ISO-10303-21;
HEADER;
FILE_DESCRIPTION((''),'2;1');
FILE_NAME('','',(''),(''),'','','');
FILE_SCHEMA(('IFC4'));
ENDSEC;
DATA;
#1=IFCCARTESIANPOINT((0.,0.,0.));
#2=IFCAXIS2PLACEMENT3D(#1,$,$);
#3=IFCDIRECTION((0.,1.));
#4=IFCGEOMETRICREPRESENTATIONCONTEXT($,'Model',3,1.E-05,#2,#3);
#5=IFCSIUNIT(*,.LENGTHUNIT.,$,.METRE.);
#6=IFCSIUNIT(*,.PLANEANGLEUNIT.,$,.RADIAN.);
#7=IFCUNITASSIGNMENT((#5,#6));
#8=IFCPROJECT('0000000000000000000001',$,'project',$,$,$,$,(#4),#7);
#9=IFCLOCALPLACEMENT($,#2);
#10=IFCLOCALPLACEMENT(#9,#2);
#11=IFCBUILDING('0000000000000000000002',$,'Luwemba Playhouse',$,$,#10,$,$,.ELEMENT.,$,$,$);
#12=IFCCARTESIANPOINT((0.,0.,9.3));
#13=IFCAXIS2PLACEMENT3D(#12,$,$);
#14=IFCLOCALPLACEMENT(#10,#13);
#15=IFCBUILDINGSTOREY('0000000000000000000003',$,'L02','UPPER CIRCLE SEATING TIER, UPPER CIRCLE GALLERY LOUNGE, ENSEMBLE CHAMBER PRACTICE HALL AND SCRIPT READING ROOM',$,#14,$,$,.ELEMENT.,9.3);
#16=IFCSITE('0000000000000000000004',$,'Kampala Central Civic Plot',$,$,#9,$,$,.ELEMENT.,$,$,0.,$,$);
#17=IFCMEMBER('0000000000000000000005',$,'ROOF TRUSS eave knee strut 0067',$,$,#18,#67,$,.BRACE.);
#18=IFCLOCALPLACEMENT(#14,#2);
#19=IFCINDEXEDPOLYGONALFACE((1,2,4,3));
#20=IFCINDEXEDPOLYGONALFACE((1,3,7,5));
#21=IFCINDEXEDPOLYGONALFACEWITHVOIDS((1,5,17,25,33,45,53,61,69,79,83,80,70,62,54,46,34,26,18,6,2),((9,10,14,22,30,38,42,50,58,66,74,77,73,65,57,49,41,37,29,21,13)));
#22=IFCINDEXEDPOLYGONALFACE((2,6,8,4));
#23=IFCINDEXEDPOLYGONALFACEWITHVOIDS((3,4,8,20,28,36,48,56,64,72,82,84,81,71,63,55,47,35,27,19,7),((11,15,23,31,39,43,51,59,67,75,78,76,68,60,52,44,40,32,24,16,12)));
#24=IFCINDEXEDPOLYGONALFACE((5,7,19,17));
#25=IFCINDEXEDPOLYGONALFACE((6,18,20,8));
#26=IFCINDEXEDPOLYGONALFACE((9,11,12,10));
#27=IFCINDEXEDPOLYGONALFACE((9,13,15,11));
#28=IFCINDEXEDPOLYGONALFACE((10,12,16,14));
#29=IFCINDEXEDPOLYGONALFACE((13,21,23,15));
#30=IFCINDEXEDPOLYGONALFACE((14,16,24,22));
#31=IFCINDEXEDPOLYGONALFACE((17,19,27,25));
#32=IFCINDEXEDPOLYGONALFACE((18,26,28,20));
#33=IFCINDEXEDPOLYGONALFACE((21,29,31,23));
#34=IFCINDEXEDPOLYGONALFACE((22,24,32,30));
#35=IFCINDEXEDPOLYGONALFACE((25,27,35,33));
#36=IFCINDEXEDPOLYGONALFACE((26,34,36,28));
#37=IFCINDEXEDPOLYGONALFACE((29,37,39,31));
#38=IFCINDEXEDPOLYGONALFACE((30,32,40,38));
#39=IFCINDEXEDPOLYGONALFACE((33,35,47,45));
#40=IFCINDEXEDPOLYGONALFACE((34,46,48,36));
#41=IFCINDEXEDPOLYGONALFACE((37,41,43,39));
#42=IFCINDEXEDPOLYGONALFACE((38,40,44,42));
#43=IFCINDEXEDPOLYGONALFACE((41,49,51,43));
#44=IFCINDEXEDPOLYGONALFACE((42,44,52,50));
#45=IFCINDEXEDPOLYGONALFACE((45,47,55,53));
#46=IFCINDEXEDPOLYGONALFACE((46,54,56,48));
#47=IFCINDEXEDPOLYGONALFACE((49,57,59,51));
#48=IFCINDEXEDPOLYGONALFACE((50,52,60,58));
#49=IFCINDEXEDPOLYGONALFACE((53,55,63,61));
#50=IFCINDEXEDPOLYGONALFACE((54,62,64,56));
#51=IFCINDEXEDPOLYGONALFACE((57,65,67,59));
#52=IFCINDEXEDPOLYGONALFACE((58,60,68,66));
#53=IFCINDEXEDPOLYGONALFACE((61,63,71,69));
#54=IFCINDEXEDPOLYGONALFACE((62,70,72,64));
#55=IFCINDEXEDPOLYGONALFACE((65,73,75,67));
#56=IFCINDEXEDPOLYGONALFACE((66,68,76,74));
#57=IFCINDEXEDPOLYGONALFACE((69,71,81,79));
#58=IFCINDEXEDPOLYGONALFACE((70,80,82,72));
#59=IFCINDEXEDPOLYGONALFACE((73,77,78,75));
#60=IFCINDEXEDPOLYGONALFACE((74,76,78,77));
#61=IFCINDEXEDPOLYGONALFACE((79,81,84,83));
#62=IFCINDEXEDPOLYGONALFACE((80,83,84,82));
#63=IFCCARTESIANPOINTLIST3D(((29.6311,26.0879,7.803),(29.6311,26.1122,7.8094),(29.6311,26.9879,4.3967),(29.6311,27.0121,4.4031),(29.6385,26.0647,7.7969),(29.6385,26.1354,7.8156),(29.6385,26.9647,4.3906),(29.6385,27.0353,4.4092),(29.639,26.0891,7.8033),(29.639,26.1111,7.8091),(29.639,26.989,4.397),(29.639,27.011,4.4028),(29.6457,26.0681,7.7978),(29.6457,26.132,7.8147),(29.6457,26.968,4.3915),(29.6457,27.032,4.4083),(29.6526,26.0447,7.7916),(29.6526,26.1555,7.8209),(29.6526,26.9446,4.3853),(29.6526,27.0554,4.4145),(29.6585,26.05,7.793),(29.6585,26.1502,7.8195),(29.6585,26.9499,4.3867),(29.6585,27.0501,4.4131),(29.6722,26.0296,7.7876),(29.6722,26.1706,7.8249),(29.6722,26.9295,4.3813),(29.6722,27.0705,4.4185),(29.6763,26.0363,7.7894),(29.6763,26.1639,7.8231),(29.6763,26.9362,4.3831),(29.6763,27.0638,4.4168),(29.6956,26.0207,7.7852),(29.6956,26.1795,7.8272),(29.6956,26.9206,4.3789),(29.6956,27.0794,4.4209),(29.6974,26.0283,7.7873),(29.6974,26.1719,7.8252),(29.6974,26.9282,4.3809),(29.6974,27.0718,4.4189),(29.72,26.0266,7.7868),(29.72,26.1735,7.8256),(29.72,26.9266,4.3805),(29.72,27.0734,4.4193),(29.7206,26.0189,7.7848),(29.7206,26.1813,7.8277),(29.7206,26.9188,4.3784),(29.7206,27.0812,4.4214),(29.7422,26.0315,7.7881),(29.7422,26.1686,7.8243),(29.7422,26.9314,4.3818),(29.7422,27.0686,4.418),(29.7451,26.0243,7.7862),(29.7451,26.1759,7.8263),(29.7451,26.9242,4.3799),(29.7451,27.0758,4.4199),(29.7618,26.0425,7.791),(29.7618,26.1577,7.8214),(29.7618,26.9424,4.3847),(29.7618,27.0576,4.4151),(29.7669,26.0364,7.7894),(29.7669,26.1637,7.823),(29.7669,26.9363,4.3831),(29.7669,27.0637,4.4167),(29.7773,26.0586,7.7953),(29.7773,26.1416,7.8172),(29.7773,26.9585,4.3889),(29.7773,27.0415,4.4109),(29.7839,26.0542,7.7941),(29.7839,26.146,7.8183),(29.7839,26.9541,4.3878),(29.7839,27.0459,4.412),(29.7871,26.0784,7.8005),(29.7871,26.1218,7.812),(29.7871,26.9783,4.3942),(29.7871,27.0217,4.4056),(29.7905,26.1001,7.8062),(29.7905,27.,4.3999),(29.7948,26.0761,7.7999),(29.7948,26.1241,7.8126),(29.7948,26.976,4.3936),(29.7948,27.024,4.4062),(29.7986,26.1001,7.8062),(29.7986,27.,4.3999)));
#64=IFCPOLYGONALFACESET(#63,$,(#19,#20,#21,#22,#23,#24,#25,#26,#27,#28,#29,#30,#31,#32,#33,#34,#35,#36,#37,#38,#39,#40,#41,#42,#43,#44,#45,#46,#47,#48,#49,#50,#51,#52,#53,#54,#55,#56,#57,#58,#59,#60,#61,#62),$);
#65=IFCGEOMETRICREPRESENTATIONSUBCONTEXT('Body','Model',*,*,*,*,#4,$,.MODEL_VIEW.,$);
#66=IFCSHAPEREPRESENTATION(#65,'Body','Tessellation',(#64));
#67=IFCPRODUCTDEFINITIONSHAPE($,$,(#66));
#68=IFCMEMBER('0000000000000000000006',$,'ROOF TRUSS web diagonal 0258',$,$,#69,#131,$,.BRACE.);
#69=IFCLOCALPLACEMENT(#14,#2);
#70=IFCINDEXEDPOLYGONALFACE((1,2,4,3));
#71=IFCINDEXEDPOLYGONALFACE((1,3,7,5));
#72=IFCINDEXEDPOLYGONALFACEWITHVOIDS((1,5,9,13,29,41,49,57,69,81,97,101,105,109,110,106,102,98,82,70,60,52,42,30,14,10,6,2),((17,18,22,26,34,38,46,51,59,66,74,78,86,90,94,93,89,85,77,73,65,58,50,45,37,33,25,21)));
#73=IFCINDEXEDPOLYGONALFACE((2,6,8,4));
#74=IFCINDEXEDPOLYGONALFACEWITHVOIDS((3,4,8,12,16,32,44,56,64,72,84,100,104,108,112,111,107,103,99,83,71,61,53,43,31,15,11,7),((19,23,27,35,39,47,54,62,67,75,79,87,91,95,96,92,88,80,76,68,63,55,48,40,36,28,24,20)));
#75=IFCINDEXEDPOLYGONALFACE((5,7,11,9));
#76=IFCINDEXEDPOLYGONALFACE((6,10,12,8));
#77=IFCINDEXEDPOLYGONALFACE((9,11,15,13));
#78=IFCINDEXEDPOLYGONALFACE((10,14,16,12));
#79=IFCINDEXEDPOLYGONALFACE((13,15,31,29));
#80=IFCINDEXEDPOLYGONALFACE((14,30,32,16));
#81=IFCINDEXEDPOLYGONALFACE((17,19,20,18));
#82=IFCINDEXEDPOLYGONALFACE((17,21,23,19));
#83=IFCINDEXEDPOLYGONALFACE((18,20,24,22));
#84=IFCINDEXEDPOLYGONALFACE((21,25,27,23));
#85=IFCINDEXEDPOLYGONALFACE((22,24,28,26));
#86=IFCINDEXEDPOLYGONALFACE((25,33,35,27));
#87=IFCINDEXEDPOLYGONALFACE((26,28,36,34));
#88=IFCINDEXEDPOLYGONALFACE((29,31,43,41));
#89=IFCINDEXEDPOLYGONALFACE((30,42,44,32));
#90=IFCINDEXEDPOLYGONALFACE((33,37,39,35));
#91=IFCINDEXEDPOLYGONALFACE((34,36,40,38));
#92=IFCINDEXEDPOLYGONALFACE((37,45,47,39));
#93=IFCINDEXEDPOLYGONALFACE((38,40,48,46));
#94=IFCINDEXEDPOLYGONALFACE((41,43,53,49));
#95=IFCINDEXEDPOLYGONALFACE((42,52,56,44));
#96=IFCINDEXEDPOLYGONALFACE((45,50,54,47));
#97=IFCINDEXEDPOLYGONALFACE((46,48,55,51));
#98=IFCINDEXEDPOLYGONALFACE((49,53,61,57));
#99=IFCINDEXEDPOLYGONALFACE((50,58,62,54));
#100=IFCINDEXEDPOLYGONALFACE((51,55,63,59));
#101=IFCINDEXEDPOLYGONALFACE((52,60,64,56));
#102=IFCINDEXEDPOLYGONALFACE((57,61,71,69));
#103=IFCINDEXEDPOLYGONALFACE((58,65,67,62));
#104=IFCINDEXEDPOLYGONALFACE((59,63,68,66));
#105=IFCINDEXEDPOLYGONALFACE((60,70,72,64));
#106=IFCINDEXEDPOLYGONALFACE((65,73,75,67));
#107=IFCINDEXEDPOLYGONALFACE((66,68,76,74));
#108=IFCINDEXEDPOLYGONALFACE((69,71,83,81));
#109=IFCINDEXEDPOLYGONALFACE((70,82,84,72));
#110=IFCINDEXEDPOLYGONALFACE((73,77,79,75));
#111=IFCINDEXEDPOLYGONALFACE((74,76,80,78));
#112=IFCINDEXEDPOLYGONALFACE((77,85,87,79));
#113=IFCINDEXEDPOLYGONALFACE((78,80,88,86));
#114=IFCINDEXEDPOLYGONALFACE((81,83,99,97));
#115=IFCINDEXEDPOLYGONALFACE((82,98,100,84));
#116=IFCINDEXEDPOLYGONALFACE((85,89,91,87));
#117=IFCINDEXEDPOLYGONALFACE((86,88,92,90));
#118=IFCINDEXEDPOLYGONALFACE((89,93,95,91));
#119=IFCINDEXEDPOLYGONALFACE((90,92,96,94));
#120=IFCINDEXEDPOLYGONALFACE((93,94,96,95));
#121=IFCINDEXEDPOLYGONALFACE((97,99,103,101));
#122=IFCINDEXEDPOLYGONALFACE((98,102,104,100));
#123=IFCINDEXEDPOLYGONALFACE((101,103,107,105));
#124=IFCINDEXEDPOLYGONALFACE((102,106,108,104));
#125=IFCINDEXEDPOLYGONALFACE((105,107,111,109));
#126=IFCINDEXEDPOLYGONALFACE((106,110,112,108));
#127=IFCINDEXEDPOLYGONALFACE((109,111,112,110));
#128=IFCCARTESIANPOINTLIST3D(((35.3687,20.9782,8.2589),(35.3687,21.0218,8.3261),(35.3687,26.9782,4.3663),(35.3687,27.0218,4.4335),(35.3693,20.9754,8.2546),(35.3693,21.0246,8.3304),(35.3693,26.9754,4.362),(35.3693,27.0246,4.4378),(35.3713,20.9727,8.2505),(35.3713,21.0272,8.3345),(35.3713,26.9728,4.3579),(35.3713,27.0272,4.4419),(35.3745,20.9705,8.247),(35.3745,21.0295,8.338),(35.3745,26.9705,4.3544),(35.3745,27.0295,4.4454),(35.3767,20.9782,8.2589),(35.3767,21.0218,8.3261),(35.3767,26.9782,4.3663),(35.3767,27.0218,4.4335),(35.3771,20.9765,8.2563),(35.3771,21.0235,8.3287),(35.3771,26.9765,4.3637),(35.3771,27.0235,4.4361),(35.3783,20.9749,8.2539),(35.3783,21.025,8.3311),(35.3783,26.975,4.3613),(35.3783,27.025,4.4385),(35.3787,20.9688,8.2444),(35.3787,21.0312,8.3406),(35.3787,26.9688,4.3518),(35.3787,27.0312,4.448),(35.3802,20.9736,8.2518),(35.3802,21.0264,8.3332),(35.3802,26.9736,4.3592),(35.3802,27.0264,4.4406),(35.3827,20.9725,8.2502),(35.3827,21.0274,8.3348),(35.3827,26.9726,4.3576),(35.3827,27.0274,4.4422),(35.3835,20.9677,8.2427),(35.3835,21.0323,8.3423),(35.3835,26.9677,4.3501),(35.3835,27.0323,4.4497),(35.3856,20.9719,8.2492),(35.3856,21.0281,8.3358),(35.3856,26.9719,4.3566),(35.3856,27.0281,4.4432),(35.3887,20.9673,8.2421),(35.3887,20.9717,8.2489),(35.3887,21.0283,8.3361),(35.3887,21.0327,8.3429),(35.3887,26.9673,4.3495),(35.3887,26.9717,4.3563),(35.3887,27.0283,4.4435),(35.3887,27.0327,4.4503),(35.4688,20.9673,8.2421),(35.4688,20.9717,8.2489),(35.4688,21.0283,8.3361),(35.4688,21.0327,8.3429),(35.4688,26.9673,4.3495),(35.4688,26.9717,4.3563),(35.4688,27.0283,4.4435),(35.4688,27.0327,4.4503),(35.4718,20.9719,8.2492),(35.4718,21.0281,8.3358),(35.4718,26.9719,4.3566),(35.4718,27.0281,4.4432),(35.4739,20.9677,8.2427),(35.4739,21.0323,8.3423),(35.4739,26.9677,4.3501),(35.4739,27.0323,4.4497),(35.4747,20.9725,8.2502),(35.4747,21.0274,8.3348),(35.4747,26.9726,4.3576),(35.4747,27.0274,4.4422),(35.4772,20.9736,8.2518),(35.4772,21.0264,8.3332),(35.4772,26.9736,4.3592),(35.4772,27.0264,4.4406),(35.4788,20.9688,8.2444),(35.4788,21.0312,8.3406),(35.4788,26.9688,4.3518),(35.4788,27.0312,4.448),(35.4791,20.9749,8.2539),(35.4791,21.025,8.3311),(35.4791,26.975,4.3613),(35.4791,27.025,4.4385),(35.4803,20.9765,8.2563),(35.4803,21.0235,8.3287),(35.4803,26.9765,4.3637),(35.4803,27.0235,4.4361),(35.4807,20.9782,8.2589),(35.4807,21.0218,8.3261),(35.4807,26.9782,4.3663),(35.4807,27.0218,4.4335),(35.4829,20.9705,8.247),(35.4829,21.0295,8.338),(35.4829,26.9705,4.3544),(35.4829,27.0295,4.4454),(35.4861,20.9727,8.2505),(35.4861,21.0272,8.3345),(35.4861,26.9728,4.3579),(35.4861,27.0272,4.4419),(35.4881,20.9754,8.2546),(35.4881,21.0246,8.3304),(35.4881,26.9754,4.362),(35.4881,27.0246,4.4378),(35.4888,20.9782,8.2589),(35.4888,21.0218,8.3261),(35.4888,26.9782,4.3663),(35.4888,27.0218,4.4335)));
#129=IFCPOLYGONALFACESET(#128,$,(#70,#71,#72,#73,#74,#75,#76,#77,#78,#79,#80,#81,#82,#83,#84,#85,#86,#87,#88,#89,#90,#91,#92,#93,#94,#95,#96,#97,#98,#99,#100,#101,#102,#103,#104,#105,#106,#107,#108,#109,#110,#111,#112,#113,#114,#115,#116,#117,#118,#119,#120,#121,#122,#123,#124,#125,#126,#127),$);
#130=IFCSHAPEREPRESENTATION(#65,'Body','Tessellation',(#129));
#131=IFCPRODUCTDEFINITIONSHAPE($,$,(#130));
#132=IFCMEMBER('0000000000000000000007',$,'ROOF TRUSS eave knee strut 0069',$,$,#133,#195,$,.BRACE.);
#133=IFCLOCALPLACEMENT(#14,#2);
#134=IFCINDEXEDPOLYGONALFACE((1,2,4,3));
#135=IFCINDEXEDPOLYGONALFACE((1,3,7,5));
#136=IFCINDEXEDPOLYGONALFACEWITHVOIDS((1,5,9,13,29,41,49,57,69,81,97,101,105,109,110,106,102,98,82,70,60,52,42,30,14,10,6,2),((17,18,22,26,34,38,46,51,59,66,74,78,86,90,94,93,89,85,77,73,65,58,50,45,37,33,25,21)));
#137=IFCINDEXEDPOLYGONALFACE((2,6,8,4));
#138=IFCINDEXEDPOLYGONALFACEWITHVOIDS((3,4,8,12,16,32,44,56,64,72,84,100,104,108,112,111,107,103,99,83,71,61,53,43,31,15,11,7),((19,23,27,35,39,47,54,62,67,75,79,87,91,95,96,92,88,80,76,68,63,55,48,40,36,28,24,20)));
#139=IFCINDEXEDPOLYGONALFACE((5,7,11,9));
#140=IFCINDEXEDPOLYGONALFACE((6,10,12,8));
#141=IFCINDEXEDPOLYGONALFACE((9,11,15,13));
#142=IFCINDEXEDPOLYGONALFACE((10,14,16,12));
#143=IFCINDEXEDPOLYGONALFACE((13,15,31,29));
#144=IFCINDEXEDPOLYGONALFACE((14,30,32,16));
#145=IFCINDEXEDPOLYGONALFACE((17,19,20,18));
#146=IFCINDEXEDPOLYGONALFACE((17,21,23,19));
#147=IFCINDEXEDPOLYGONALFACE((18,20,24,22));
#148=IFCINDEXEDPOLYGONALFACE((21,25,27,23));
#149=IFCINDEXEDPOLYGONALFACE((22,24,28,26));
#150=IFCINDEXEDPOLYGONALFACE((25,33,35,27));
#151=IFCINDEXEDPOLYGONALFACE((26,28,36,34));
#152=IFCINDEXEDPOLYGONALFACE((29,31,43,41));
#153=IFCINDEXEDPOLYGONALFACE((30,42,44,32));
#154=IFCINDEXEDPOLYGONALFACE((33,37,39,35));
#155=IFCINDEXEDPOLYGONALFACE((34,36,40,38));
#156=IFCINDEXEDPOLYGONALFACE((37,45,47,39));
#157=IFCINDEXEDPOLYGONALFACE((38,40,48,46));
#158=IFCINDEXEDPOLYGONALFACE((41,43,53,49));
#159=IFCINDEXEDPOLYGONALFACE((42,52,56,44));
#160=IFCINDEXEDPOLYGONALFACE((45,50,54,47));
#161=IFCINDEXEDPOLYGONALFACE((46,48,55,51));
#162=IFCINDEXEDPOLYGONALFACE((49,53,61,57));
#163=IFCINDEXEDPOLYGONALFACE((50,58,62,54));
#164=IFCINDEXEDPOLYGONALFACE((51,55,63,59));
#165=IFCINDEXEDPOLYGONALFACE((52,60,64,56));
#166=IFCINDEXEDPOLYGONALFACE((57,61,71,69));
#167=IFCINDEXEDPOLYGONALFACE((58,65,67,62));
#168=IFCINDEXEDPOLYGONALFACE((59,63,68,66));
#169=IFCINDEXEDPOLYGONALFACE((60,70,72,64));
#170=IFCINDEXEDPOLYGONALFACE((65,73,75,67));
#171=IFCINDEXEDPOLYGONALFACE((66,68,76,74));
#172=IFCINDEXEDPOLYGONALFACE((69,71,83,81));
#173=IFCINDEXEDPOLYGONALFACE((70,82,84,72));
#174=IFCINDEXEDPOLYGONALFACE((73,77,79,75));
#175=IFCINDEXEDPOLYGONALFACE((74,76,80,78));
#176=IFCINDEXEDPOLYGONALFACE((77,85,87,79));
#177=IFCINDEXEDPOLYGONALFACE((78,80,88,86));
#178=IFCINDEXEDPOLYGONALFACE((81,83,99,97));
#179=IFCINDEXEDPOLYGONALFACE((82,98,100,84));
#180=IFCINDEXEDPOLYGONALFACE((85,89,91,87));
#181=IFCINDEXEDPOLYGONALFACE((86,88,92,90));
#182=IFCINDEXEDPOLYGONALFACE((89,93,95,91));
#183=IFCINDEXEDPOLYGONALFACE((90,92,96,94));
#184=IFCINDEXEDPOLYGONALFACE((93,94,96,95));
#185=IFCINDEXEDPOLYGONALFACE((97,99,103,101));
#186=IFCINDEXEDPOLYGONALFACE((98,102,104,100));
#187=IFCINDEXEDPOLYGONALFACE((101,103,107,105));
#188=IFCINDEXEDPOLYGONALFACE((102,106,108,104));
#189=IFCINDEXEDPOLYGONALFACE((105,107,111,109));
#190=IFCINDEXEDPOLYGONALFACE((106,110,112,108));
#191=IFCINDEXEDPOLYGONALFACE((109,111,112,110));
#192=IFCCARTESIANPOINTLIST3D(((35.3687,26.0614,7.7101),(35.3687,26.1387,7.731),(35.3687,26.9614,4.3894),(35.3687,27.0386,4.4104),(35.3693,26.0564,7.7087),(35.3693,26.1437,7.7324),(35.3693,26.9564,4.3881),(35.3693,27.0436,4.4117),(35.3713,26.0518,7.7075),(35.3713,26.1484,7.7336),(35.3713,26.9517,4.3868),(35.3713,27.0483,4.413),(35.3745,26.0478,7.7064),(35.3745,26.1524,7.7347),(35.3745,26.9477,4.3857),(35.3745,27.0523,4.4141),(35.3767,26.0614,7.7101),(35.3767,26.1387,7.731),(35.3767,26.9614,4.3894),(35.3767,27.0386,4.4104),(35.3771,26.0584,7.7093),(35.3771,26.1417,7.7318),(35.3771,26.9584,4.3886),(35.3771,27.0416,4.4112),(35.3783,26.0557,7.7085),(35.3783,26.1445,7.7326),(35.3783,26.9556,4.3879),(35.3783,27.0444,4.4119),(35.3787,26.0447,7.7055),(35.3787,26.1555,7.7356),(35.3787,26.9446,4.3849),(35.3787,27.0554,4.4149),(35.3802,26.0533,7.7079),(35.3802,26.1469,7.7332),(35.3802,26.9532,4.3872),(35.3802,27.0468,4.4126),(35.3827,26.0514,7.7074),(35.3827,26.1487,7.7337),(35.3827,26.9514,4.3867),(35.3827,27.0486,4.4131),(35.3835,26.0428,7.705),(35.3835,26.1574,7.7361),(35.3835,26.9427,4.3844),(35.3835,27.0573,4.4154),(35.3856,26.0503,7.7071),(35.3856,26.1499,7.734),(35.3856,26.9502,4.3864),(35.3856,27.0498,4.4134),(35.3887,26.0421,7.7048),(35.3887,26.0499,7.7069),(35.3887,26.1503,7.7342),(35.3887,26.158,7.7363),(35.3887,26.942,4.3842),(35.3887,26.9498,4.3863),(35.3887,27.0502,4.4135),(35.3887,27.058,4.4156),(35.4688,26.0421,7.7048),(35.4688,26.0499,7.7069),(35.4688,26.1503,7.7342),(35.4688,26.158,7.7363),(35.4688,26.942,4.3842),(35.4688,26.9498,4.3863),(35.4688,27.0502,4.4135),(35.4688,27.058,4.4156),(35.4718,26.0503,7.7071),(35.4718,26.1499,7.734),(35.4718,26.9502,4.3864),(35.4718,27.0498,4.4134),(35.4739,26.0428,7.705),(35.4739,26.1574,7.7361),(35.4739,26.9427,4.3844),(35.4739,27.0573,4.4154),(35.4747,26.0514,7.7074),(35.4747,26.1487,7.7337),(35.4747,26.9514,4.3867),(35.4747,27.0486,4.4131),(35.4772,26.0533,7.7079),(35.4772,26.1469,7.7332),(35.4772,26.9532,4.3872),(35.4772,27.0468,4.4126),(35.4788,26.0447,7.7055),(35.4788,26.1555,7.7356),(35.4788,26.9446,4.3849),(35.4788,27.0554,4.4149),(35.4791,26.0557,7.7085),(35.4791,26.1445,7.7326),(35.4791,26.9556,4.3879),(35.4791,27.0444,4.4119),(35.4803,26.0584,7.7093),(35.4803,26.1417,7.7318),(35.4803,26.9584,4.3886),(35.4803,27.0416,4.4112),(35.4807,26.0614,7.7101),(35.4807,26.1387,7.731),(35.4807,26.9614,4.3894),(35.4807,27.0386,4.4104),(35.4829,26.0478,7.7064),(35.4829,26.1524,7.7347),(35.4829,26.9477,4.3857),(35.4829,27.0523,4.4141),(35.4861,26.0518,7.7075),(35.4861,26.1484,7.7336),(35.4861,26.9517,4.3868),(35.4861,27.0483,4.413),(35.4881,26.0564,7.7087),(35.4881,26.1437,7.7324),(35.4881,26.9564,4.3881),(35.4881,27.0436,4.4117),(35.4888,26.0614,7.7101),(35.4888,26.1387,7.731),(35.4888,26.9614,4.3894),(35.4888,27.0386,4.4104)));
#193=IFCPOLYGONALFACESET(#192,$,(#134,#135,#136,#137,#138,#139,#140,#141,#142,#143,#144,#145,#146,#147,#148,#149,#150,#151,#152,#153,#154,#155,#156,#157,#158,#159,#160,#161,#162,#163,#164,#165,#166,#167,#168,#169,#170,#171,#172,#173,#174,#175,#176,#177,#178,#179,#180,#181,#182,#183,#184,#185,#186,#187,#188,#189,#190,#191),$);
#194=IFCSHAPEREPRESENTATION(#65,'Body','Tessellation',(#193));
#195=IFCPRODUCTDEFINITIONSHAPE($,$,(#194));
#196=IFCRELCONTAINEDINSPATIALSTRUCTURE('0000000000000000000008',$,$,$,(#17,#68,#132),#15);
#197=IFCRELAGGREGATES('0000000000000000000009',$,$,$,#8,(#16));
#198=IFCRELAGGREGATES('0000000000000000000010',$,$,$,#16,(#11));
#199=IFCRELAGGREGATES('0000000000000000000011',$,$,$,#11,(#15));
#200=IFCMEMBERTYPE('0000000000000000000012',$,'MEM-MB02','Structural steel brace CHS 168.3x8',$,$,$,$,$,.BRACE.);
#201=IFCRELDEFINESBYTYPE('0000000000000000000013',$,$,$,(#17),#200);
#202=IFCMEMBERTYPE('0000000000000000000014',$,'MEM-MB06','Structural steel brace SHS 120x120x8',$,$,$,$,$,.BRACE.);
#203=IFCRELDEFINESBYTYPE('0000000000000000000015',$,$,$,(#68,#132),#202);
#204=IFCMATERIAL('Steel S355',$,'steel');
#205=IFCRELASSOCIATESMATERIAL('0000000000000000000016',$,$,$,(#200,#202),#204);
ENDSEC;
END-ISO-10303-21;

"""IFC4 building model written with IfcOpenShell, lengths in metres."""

from ifc_helpers import new_model, si_unit, direction, frame, origin, origin_2d, place, context, subcontext, project, spatial, hollow_rectangle, hollow_circle, extrude, material, material_profile, profile_set, type_object, element, save


model = new_model("IFC4")

# Units and contexts
model_context = context("Model", 3, precision=1e-05, world=origin(), true_north=direction((0.0, 1.0)))
body_context = subcontext(model_context, "Body", "Model", "MODEL_VIEW")
ifc_project = project(units=[si_unit("LENGTHUNIT", "METRE"), si_unit("PLANEANGLEUNIT", "RADIAN")], contexts=[model_context])

# Site, building, storey
site_placement = place(None, origin())
site = spatial("IfcSite", under=ifc_project, at=site_placement, Name="Kampala Central Civic Plot", CompositionType="ELEMENT", RefElevation=0.0)
building_placement = place(site_placement, origin())
building = spatial("IfcBuilding", under=site, at=building_placement, Name="Luwemba Playhouse", CompositionType="ELEMENT")
storey_placement = place(building_placement, frame((0.0, 0.0, 9.3)))
storey = spatial("IfcBuildingStorey", under=building, at=storey_placement, Name="L02", Description="UPPER CIRCLE SEATING TIER, UPPER CIRCLE GALLERY LOUNGE, ENSEMBLE CHAMBER PRACTICE HALL AND SCRIPT READING ROOM", CompositionType="ELEMENT", Elevation=9.3)

# Shared definitions
ifc_material_1 = material(Name="Steel S355", Category="steel")

# Members
ifc_material_profile_1 = material_profile(ifc_material_1, hollow_circle(Radius=0.0842, WallThickness=0.0081, at=origin_2d()))
ifc_profile_set_1 = profile_set([ifc_material_profile_1], Name="Steel S355")
member_type_1 = type_object("IfcMemberType", Name="MEM-MB02", Description="Structural steel brace CHS 168.3x8", PredefinedType="BRACE", material=ifc_profile_set_1)
member_1_placement = place(storey_placement, frame((29.7144, 27.0, 4.3999), z_axis=(0.0, -0.255428, 0.966828), x_axis=(1.0, 0.0, 0.0)))
element("IfcMember", 1, at=member_1_placement, inside=storey, type_object=member_type_1, Name="ROOF TRUSS eave knee strut 0067", PredefinedType="BRACE", context=body_context, shape_type="SweptSolid", body=[
    extrude(hollow_circle(Radius=0.0842, WallThickness=0.0081, at=origin_2d()), origin(), (0.0, 0.0, 1.0), 3.5232),
])
ifc_material_profile_2 = material_profile(ifc_material_1, hollow_rectangle(XDim=0.1201, YDim=0.1201, WallThickness=0.0081, InnerFilletRadius=0.012, OuterFilletRadius=0.02, at=origin_2d()))
ifc_profile_set_2 = profile_set([ifc_material_profile_2], Name="Steel S355")
member_type_2 = type_object("IfcMemberType", Name="MEM-MB06", Description="Structural steel brace SHS 120x120x8", PredefinedType="BRACE", material=ifc_profile_set_2)
member_2_placement = place(storey_placement, frame((35.4287, 27.0, 4.3999), z_axis=(0.0, -0.838917, 0.544259), x_axis=(1.0, 0.0, 0.0)))
element("IfcMember", 2, at=member_2_placement, inside=storey, type_object=member_type_2, Name="ROOF TRUSS web diagonal 0258", PredefinedType="BRACE", context=body_context, shape_type="SweptSolid", body=[
    extrude(hollow_rectangle(XDim=0.1201, YDim=0.1201, WallThickness=0.0081, InnerFilletRadius=0.012, OuterFilletRadius=0.02, at=origin_2d()), origin(), (0.0, 0.0, 1.0), 7.1521),
])
member_3_placement = place(storey_placement, frame((35.4287, 27.0, 4.3999), z_axis=(0.0, -0.261574, 0.965183), x_axis=(1.0, 0.0, 0.0)))
element("IfcMember", 3, at=member_3_placement, inside=storey, type_object=member_type_2, Name="ROOF TRUSS eave knee strut 0069", PredefinedType="BRACE", context=body_context, shape_type="SweptSolid", body=[
    extrude(hollow_rectangle(XDim=0.1201, YDim=0.1201, WallThickness=0.0081, InnerFilletRadius=0.012, OuterFilletRadius=0.02, at=origin_2d()), origin(), (0.0, 0.0, 1.0), 3.4404),
])

save(model, "model.ifc")
